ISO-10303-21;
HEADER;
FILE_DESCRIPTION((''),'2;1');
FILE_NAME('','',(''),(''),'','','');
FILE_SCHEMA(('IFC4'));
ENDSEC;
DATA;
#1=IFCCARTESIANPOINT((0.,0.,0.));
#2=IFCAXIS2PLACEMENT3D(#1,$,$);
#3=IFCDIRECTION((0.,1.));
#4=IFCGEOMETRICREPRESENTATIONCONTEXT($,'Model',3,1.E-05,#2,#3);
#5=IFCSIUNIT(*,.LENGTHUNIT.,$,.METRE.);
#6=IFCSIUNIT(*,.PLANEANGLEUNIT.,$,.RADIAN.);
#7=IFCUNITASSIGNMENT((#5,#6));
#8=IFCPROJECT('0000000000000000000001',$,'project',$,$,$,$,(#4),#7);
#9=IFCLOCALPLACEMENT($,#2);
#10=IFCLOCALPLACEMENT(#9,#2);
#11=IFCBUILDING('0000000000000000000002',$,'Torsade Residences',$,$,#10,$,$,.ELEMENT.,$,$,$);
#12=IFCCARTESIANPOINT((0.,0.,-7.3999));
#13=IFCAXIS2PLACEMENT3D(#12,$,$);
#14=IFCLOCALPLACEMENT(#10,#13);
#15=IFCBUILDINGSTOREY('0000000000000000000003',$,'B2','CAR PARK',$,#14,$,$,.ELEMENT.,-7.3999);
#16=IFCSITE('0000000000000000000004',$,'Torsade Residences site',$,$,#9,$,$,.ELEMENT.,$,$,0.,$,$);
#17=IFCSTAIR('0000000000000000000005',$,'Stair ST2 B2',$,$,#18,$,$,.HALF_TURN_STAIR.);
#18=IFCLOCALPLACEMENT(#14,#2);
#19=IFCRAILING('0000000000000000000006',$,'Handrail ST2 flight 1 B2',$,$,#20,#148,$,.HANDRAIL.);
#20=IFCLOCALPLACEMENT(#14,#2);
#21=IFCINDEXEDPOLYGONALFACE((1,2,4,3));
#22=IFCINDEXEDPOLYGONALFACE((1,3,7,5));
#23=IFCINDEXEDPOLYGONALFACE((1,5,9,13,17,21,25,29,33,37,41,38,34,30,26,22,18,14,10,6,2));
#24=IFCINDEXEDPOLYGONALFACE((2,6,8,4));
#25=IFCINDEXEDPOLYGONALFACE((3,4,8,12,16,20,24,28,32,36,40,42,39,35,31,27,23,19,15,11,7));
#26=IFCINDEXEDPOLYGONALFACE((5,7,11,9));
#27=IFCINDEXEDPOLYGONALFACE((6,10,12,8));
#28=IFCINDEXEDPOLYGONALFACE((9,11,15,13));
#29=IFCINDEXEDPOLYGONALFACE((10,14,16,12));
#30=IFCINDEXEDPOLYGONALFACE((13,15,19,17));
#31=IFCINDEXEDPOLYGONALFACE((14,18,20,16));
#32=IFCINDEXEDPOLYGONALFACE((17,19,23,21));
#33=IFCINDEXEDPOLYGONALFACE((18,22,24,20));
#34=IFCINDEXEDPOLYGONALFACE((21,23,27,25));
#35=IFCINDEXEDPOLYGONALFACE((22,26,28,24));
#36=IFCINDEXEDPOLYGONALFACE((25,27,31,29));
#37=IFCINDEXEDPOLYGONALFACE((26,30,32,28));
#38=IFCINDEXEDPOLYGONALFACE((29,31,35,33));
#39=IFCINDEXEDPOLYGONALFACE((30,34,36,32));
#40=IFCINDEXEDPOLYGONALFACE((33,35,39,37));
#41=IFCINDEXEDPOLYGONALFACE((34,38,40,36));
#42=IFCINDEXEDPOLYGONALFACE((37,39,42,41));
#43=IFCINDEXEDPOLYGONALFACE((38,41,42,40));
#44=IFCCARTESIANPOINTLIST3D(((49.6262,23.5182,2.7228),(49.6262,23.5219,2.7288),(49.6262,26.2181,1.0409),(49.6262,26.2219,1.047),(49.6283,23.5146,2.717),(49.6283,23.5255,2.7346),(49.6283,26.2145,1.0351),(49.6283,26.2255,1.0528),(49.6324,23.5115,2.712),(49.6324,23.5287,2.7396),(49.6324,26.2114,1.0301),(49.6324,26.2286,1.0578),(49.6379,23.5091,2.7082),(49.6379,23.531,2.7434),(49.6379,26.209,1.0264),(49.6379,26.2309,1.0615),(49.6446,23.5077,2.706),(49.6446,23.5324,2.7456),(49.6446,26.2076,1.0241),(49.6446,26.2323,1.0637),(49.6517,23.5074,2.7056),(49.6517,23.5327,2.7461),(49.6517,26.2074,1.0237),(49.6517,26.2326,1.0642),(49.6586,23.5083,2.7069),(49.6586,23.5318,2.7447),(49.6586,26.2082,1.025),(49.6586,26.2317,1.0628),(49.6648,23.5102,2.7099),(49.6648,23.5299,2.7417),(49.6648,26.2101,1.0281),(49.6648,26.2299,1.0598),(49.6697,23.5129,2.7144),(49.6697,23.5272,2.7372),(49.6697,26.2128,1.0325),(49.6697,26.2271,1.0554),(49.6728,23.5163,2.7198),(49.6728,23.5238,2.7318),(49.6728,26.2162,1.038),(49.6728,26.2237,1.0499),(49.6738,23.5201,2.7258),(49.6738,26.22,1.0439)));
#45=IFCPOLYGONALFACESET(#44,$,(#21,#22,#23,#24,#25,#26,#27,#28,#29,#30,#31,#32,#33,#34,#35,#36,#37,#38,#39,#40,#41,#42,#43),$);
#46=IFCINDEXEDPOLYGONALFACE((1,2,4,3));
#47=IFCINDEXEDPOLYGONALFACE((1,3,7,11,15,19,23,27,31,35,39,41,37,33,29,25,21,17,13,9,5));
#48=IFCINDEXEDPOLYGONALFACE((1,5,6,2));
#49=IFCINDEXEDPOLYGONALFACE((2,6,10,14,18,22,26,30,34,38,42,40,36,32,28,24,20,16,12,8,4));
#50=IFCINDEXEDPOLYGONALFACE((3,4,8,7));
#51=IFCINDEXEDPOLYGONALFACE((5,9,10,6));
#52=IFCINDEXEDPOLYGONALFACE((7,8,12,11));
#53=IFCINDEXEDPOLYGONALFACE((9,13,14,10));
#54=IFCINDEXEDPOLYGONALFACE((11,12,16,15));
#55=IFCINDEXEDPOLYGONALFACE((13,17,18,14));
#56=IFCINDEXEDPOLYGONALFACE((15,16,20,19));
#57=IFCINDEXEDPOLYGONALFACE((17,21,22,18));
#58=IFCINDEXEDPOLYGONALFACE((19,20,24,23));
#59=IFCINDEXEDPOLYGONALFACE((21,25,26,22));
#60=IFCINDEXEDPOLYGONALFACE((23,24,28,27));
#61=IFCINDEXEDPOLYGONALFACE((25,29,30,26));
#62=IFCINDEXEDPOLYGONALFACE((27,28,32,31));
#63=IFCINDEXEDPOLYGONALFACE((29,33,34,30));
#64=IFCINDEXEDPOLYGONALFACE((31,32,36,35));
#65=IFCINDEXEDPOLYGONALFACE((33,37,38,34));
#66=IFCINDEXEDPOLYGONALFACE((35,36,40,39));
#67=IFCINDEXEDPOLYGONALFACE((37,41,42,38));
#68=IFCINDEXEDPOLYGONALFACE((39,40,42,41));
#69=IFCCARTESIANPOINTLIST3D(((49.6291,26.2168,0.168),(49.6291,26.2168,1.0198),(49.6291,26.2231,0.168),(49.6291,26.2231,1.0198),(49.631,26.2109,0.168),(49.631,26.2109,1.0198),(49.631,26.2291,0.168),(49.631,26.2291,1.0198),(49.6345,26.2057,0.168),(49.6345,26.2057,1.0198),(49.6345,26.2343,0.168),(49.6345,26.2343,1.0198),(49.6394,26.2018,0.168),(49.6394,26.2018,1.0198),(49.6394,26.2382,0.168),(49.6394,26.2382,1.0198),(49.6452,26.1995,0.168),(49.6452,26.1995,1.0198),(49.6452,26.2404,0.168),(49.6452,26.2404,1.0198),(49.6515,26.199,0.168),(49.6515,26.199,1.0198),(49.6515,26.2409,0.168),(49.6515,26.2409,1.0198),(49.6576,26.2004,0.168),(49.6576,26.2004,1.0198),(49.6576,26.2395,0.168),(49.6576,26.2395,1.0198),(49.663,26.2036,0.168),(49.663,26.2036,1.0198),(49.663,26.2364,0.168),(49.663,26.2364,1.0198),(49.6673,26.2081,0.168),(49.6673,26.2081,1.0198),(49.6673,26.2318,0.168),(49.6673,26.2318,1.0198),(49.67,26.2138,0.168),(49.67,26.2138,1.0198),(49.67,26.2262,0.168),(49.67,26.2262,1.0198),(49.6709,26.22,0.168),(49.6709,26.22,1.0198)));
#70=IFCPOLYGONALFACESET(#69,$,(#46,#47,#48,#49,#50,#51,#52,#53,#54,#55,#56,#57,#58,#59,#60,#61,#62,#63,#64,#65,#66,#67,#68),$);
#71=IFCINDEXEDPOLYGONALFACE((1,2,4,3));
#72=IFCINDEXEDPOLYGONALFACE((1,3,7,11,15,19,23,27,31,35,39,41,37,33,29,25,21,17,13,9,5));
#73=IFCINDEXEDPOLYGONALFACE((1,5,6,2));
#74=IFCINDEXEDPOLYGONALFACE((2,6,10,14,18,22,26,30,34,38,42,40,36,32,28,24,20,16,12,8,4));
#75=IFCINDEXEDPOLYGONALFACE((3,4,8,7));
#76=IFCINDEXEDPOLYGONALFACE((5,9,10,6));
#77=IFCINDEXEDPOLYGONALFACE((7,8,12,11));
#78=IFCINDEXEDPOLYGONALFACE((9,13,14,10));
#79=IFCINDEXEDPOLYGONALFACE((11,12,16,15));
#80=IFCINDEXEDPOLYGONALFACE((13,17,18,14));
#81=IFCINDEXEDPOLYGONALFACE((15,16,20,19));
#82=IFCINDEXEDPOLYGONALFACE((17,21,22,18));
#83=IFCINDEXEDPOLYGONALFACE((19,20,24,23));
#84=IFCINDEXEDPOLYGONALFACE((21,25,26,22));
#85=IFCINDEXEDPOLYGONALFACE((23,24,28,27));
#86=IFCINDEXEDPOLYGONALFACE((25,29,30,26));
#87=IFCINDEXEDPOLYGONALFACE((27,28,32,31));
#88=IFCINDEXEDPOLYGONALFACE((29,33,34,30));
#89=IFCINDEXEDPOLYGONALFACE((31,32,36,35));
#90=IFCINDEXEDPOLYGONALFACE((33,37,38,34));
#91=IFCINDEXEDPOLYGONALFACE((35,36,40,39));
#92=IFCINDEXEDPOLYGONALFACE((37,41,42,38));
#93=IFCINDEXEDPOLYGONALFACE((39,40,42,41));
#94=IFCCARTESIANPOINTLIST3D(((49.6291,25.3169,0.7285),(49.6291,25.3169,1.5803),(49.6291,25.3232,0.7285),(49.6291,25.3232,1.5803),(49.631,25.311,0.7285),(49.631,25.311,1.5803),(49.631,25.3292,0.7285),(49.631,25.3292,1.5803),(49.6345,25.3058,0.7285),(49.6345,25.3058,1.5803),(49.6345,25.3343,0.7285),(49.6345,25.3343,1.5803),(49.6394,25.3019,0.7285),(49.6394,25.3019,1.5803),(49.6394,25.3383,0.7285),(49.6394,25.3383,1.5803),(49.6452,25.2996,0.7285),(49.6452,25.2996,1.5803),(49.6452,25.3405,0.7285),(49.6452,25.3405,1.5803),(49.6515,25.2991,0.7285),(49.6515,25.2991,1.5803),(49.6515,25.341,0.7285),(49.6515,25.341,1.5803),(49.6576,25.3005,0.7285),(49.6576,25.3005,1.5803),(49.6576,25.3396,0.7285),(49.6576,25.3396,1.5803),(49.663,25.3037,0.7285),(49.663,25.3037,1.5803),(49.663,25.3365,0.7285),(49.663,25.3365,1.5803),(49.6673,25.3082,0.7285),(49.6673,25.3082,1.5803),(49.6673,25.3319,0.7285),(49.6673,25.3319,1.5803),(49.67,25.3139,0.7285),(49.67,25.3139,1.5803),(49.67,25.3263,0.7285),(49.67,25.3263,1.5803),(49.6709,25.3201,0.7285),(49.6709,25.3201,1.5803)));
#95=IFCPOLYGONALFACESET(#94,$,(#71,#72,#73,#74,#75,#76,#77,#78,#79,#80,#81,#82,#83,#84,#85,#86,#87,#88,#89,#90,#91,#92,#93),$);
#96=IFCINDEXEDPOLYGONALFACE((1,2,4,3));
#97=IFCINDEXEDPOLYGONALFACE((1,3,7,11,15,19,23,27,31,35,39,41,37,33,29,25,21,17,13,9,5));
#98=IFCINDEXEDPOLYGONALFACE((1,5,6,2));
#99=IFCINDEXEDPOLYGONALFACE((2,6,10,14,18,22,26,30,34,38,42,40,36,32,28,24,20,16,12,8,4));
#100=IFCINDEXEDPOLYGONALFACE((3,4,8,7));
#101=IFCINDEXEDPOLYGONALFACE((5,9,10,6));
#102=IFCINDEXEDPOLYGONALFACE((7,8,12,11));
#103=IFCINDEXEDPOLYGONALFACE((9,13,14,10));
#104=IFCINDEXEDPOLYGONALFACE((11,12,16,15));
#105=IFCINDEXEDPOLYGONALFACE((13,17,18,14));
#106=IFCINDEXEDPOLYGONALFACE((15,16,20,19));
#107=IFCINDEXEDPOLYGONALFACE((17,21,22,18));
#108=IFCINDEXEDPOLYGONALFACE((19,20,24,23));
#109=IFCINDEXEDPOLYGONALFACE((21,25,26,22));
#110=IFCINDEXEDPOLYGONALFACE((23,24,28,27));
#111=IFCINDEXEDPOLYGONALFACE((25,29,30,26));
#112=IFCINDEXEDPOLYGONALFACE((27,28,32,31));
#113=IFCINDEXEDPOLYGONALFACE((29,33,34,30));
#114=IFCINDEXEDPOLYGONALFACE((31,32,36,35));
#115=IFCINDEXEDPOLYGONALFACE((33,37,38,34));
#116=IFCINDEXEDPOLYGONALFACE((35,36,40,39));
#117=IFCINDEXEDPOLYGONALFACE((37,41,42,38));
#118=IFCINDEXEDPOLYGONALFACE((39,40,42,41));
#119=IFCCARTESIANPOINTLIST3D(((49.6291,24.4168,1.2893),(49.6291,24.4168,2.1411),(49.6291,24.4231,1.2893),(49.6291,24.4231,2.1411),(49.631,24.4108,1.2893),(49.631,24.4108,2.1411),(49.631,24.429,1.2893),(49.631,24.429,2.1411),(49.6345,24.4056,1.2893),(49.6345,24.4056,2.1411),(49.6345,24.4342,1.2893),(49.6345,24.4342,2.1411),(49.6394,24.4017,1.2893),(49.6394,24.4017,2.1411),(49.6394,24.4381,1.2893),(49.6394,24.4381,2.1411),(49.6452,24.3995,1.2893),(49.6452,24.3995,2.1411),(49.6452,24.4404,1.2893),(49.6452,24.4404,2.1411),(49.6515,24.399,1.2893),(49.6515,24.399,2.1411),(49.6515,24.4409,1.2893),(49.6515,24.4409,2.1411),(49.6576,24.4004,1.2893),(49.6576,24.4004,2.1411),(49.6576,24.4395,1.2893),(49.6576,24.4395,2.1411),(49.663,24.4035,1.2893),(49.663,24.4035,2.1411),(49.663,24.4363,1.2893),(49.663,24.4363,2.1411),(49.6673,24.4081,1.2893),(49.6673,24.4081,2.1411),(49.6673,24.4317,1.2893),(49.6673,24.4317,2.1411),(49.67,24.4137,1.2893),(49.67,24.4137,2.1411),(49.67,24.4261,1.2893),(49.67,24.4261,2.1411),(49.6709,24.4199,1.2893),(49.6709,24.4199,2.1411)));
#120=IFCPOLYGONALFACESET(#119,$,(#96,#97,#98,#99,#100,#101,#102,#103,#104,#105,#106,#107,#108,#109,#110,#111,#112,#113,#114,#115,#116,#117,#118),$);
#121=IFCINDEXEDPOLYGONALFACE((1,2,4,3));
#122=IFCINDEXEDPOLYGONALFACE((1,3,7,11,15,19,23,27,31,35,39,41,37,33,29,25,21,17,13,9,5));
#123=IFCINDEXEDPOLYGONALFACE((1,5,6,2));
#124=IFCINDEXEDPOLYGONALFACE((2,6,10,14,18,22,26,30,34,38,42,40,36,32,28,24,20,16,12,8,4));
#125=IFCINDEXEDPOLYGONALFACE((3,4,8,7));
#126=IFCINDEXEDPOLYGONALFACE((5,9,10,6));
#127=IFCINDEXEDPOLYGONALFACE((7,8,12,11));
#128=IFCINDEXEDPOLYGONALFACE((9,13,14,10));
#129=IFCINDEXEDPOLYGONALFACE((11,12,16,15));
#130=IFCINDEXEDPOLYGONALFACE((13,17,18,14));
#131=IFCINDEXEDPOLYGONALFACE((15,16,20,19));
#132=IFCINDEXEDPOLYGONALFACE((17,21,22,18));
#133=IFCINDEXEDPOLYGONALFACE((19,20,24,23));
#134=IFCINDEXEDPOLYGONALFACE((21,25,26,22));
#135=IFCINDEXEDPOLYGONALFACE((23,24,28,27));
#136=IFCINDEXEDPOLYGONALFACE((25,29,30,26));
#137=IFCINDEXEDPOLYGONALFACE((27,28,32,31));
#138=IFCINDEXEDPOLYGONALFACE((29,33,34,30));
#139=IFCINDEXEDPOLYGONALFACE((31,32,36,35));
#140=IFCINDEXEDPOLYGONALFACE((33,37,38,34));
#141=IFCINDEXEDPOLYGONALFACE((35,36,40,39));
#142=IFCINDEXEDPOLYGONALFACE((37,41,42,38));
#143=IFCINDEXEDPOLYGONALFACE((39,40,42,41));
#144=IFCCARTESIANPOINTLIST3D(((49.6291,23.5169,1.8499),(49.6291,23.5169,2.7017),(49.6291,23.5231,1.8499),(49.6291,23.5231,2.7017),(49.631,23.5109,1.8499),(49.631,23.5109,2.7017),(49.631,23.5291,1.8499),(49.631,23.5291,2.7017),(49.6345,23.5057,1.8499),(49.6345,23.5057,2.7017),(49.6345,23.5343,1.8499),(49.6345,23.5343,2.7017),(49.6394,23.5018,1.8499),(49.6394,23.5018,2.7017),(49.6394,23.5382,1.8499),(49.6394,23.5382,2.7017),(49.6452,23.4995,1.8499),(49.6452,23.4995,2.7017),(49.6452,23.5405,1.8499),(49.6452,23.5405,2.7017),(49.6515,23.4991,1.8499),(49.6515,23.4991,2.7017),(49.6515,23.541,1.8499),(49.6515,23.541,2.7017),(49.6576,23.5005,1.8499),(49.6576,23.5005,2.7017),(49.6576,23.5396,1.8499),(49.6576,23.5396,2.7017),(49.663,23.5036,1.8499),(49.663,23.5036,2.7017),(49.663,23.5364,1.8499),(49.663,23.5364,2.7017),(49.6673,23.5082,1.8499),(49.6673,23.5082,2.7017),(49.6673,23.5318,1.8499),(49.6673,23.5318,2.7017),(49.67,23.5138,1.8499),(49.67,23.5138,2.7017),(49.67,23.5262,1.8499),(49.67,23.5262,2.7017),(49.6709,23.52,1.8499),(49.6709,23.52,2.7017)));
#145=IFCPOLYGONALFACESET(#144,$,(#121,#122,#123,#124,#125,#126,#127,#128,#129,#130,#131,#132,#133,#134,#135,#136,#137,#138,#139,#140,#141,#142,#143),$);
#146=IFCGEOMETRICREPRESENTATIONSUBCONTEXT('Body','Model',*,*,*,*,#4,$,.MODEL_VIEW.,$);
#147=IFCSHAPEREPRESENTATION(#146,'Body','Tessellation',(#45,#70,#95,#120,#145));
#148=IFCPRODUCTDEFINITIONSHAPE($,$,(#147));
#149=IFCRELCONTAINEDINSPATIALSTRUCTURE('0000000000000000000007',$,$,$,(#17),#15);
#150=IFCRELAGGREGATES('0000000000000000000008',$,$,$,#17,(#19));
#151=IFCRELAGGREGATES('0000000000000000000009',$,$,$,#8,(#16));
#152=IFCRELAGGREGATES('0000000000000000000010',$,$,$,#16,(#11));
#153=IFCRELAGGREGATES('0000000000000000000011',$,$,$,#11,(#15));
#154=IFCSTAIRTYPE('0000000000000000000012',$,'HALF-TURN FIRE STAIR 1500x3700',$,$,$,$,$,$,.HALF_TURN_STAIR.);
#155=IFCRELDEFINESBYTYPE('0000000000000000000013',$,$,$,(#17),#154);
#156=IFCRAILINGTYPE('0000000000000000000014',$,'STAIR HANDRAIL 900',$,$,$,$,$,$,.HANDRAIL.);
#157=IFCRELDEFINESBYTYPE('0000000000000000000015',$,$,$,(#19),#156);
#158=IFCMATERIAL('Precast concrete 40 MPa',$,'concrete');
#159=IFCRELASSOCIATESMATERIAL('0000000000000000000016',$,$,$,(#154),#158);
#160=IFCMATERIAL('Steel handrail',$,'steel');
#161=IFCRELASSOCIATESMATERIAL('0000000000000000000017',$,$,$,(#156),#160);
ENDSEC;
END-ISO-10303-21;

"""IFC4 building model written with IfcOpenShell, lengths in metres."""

from ifc_helpers import new_model, si_unit, direction, frame, origin, origin_2d, place, context, subcontext, project, spatial, circle, extrude, material, type_object, element, aggregate, save


model = new_model("IFC4")

# Units and contexts
model_context = context("Model", 3, precision=1e-05, world=origin(), true_north=direction((0.0, 1.0)))
body_context = subcontext(model_context, "Body", "Model", "MODEL_VIEW")
ifc_project = project(units=[si_unit("LENGTHUNIT", "METRE"), si_unit("PLANEANGLEUNIT", "RADIAN")], contexts=[model_context])

# Site, building, storey
site_placement = place(None, origin())
site = spatial("IfcSite", under=ifc_project, at=site_placement, Name="Torsade Residences site", CompositionType="ELEMENT", RefElevation=0.0)
building_placement = place(site_placement, origin())
building = spatial("IfcBuilding", under=site, at=building_placement, Name="Torsade Residences", CompositionType="ELEMENT")
storey_placement = place(building_placement, frame((0.0, 0.0, -7.3999)))
storey = spatial("IfcBuildingStorey", under=building, at=storey_placement, Name="B2", Description="CAR PARK", CompositionType="ELEMENT", Elevation=-7.3999)

# Stair, railing
ifc_material_1 = material(Name="Precast concrete 40 MPa", Category="concrete")
stair_type = type_object("IfcStairType", Name="HALF-TURN FIRE STAIR 1500x3700", PredefinedType="HALF_TURN_STAIR", material=ifc_material_1)
stair_placement = place(storey_placement, origin())
stair = element("IfcStair", 1, at=stair_placement, inside=storey, type_object=stair_type, Name="Stair ST2 B2", PredefinedType="HALF_TURN_STAIR")
ifc_material_2 = material(Name="Steel handrail", Category="steel")
railing_type = type_object("IfcRailingType", Name="STAIR HANDRAIL 900", PredefinedType="HANDRAIL", material=ifc_material_2)
railing_1_placement = place(storey_placement, frame((49.6499, 26.22, 0.168)))
railing_1 = element("IfcRailing", 2, at=railing_1_placement, type_object=railing_type, Name="Handrail ST2 flight 1 B2", PredefinedType="HANDRAIL", context=body_context, shape_type="SweptSolid", body=[
    extrude(circle(Radius=0.0239, at=origin_2d()), frame((0.0, 0.0, 0.876), z_axis=(0.0, -0.848786, 0.528736), x_axis=(1.0, 0.0, 0.0)), (0.0, 0.0, 1.0), 3.1809),
    extrude(circle(Radius=0.021, at=origin_2d()), origin(), (0.0, 0.0, 1.0), 0.8518),
    extrude(circle(Radius=0.021, at=origin_2d()), frame((0.0, -0.8999, 0.5605)), (0.0, 0.0, 1.0), 0.8518),
    extrude(circle(Radius=0.021, at=origin_2d()), frame((0.0, -1.8, 1.1213)), (0.0, 0.0, 1.0), 0.8518),
    extrude(circle(Radius=0.021, at=origin_2d()), frame((0.0, -2.7, 1.6819)), (0.0, 0.0, 1.0), 0.8518),
])
aggregate(stair, [railing_1])

save(model, "model.ifc")
